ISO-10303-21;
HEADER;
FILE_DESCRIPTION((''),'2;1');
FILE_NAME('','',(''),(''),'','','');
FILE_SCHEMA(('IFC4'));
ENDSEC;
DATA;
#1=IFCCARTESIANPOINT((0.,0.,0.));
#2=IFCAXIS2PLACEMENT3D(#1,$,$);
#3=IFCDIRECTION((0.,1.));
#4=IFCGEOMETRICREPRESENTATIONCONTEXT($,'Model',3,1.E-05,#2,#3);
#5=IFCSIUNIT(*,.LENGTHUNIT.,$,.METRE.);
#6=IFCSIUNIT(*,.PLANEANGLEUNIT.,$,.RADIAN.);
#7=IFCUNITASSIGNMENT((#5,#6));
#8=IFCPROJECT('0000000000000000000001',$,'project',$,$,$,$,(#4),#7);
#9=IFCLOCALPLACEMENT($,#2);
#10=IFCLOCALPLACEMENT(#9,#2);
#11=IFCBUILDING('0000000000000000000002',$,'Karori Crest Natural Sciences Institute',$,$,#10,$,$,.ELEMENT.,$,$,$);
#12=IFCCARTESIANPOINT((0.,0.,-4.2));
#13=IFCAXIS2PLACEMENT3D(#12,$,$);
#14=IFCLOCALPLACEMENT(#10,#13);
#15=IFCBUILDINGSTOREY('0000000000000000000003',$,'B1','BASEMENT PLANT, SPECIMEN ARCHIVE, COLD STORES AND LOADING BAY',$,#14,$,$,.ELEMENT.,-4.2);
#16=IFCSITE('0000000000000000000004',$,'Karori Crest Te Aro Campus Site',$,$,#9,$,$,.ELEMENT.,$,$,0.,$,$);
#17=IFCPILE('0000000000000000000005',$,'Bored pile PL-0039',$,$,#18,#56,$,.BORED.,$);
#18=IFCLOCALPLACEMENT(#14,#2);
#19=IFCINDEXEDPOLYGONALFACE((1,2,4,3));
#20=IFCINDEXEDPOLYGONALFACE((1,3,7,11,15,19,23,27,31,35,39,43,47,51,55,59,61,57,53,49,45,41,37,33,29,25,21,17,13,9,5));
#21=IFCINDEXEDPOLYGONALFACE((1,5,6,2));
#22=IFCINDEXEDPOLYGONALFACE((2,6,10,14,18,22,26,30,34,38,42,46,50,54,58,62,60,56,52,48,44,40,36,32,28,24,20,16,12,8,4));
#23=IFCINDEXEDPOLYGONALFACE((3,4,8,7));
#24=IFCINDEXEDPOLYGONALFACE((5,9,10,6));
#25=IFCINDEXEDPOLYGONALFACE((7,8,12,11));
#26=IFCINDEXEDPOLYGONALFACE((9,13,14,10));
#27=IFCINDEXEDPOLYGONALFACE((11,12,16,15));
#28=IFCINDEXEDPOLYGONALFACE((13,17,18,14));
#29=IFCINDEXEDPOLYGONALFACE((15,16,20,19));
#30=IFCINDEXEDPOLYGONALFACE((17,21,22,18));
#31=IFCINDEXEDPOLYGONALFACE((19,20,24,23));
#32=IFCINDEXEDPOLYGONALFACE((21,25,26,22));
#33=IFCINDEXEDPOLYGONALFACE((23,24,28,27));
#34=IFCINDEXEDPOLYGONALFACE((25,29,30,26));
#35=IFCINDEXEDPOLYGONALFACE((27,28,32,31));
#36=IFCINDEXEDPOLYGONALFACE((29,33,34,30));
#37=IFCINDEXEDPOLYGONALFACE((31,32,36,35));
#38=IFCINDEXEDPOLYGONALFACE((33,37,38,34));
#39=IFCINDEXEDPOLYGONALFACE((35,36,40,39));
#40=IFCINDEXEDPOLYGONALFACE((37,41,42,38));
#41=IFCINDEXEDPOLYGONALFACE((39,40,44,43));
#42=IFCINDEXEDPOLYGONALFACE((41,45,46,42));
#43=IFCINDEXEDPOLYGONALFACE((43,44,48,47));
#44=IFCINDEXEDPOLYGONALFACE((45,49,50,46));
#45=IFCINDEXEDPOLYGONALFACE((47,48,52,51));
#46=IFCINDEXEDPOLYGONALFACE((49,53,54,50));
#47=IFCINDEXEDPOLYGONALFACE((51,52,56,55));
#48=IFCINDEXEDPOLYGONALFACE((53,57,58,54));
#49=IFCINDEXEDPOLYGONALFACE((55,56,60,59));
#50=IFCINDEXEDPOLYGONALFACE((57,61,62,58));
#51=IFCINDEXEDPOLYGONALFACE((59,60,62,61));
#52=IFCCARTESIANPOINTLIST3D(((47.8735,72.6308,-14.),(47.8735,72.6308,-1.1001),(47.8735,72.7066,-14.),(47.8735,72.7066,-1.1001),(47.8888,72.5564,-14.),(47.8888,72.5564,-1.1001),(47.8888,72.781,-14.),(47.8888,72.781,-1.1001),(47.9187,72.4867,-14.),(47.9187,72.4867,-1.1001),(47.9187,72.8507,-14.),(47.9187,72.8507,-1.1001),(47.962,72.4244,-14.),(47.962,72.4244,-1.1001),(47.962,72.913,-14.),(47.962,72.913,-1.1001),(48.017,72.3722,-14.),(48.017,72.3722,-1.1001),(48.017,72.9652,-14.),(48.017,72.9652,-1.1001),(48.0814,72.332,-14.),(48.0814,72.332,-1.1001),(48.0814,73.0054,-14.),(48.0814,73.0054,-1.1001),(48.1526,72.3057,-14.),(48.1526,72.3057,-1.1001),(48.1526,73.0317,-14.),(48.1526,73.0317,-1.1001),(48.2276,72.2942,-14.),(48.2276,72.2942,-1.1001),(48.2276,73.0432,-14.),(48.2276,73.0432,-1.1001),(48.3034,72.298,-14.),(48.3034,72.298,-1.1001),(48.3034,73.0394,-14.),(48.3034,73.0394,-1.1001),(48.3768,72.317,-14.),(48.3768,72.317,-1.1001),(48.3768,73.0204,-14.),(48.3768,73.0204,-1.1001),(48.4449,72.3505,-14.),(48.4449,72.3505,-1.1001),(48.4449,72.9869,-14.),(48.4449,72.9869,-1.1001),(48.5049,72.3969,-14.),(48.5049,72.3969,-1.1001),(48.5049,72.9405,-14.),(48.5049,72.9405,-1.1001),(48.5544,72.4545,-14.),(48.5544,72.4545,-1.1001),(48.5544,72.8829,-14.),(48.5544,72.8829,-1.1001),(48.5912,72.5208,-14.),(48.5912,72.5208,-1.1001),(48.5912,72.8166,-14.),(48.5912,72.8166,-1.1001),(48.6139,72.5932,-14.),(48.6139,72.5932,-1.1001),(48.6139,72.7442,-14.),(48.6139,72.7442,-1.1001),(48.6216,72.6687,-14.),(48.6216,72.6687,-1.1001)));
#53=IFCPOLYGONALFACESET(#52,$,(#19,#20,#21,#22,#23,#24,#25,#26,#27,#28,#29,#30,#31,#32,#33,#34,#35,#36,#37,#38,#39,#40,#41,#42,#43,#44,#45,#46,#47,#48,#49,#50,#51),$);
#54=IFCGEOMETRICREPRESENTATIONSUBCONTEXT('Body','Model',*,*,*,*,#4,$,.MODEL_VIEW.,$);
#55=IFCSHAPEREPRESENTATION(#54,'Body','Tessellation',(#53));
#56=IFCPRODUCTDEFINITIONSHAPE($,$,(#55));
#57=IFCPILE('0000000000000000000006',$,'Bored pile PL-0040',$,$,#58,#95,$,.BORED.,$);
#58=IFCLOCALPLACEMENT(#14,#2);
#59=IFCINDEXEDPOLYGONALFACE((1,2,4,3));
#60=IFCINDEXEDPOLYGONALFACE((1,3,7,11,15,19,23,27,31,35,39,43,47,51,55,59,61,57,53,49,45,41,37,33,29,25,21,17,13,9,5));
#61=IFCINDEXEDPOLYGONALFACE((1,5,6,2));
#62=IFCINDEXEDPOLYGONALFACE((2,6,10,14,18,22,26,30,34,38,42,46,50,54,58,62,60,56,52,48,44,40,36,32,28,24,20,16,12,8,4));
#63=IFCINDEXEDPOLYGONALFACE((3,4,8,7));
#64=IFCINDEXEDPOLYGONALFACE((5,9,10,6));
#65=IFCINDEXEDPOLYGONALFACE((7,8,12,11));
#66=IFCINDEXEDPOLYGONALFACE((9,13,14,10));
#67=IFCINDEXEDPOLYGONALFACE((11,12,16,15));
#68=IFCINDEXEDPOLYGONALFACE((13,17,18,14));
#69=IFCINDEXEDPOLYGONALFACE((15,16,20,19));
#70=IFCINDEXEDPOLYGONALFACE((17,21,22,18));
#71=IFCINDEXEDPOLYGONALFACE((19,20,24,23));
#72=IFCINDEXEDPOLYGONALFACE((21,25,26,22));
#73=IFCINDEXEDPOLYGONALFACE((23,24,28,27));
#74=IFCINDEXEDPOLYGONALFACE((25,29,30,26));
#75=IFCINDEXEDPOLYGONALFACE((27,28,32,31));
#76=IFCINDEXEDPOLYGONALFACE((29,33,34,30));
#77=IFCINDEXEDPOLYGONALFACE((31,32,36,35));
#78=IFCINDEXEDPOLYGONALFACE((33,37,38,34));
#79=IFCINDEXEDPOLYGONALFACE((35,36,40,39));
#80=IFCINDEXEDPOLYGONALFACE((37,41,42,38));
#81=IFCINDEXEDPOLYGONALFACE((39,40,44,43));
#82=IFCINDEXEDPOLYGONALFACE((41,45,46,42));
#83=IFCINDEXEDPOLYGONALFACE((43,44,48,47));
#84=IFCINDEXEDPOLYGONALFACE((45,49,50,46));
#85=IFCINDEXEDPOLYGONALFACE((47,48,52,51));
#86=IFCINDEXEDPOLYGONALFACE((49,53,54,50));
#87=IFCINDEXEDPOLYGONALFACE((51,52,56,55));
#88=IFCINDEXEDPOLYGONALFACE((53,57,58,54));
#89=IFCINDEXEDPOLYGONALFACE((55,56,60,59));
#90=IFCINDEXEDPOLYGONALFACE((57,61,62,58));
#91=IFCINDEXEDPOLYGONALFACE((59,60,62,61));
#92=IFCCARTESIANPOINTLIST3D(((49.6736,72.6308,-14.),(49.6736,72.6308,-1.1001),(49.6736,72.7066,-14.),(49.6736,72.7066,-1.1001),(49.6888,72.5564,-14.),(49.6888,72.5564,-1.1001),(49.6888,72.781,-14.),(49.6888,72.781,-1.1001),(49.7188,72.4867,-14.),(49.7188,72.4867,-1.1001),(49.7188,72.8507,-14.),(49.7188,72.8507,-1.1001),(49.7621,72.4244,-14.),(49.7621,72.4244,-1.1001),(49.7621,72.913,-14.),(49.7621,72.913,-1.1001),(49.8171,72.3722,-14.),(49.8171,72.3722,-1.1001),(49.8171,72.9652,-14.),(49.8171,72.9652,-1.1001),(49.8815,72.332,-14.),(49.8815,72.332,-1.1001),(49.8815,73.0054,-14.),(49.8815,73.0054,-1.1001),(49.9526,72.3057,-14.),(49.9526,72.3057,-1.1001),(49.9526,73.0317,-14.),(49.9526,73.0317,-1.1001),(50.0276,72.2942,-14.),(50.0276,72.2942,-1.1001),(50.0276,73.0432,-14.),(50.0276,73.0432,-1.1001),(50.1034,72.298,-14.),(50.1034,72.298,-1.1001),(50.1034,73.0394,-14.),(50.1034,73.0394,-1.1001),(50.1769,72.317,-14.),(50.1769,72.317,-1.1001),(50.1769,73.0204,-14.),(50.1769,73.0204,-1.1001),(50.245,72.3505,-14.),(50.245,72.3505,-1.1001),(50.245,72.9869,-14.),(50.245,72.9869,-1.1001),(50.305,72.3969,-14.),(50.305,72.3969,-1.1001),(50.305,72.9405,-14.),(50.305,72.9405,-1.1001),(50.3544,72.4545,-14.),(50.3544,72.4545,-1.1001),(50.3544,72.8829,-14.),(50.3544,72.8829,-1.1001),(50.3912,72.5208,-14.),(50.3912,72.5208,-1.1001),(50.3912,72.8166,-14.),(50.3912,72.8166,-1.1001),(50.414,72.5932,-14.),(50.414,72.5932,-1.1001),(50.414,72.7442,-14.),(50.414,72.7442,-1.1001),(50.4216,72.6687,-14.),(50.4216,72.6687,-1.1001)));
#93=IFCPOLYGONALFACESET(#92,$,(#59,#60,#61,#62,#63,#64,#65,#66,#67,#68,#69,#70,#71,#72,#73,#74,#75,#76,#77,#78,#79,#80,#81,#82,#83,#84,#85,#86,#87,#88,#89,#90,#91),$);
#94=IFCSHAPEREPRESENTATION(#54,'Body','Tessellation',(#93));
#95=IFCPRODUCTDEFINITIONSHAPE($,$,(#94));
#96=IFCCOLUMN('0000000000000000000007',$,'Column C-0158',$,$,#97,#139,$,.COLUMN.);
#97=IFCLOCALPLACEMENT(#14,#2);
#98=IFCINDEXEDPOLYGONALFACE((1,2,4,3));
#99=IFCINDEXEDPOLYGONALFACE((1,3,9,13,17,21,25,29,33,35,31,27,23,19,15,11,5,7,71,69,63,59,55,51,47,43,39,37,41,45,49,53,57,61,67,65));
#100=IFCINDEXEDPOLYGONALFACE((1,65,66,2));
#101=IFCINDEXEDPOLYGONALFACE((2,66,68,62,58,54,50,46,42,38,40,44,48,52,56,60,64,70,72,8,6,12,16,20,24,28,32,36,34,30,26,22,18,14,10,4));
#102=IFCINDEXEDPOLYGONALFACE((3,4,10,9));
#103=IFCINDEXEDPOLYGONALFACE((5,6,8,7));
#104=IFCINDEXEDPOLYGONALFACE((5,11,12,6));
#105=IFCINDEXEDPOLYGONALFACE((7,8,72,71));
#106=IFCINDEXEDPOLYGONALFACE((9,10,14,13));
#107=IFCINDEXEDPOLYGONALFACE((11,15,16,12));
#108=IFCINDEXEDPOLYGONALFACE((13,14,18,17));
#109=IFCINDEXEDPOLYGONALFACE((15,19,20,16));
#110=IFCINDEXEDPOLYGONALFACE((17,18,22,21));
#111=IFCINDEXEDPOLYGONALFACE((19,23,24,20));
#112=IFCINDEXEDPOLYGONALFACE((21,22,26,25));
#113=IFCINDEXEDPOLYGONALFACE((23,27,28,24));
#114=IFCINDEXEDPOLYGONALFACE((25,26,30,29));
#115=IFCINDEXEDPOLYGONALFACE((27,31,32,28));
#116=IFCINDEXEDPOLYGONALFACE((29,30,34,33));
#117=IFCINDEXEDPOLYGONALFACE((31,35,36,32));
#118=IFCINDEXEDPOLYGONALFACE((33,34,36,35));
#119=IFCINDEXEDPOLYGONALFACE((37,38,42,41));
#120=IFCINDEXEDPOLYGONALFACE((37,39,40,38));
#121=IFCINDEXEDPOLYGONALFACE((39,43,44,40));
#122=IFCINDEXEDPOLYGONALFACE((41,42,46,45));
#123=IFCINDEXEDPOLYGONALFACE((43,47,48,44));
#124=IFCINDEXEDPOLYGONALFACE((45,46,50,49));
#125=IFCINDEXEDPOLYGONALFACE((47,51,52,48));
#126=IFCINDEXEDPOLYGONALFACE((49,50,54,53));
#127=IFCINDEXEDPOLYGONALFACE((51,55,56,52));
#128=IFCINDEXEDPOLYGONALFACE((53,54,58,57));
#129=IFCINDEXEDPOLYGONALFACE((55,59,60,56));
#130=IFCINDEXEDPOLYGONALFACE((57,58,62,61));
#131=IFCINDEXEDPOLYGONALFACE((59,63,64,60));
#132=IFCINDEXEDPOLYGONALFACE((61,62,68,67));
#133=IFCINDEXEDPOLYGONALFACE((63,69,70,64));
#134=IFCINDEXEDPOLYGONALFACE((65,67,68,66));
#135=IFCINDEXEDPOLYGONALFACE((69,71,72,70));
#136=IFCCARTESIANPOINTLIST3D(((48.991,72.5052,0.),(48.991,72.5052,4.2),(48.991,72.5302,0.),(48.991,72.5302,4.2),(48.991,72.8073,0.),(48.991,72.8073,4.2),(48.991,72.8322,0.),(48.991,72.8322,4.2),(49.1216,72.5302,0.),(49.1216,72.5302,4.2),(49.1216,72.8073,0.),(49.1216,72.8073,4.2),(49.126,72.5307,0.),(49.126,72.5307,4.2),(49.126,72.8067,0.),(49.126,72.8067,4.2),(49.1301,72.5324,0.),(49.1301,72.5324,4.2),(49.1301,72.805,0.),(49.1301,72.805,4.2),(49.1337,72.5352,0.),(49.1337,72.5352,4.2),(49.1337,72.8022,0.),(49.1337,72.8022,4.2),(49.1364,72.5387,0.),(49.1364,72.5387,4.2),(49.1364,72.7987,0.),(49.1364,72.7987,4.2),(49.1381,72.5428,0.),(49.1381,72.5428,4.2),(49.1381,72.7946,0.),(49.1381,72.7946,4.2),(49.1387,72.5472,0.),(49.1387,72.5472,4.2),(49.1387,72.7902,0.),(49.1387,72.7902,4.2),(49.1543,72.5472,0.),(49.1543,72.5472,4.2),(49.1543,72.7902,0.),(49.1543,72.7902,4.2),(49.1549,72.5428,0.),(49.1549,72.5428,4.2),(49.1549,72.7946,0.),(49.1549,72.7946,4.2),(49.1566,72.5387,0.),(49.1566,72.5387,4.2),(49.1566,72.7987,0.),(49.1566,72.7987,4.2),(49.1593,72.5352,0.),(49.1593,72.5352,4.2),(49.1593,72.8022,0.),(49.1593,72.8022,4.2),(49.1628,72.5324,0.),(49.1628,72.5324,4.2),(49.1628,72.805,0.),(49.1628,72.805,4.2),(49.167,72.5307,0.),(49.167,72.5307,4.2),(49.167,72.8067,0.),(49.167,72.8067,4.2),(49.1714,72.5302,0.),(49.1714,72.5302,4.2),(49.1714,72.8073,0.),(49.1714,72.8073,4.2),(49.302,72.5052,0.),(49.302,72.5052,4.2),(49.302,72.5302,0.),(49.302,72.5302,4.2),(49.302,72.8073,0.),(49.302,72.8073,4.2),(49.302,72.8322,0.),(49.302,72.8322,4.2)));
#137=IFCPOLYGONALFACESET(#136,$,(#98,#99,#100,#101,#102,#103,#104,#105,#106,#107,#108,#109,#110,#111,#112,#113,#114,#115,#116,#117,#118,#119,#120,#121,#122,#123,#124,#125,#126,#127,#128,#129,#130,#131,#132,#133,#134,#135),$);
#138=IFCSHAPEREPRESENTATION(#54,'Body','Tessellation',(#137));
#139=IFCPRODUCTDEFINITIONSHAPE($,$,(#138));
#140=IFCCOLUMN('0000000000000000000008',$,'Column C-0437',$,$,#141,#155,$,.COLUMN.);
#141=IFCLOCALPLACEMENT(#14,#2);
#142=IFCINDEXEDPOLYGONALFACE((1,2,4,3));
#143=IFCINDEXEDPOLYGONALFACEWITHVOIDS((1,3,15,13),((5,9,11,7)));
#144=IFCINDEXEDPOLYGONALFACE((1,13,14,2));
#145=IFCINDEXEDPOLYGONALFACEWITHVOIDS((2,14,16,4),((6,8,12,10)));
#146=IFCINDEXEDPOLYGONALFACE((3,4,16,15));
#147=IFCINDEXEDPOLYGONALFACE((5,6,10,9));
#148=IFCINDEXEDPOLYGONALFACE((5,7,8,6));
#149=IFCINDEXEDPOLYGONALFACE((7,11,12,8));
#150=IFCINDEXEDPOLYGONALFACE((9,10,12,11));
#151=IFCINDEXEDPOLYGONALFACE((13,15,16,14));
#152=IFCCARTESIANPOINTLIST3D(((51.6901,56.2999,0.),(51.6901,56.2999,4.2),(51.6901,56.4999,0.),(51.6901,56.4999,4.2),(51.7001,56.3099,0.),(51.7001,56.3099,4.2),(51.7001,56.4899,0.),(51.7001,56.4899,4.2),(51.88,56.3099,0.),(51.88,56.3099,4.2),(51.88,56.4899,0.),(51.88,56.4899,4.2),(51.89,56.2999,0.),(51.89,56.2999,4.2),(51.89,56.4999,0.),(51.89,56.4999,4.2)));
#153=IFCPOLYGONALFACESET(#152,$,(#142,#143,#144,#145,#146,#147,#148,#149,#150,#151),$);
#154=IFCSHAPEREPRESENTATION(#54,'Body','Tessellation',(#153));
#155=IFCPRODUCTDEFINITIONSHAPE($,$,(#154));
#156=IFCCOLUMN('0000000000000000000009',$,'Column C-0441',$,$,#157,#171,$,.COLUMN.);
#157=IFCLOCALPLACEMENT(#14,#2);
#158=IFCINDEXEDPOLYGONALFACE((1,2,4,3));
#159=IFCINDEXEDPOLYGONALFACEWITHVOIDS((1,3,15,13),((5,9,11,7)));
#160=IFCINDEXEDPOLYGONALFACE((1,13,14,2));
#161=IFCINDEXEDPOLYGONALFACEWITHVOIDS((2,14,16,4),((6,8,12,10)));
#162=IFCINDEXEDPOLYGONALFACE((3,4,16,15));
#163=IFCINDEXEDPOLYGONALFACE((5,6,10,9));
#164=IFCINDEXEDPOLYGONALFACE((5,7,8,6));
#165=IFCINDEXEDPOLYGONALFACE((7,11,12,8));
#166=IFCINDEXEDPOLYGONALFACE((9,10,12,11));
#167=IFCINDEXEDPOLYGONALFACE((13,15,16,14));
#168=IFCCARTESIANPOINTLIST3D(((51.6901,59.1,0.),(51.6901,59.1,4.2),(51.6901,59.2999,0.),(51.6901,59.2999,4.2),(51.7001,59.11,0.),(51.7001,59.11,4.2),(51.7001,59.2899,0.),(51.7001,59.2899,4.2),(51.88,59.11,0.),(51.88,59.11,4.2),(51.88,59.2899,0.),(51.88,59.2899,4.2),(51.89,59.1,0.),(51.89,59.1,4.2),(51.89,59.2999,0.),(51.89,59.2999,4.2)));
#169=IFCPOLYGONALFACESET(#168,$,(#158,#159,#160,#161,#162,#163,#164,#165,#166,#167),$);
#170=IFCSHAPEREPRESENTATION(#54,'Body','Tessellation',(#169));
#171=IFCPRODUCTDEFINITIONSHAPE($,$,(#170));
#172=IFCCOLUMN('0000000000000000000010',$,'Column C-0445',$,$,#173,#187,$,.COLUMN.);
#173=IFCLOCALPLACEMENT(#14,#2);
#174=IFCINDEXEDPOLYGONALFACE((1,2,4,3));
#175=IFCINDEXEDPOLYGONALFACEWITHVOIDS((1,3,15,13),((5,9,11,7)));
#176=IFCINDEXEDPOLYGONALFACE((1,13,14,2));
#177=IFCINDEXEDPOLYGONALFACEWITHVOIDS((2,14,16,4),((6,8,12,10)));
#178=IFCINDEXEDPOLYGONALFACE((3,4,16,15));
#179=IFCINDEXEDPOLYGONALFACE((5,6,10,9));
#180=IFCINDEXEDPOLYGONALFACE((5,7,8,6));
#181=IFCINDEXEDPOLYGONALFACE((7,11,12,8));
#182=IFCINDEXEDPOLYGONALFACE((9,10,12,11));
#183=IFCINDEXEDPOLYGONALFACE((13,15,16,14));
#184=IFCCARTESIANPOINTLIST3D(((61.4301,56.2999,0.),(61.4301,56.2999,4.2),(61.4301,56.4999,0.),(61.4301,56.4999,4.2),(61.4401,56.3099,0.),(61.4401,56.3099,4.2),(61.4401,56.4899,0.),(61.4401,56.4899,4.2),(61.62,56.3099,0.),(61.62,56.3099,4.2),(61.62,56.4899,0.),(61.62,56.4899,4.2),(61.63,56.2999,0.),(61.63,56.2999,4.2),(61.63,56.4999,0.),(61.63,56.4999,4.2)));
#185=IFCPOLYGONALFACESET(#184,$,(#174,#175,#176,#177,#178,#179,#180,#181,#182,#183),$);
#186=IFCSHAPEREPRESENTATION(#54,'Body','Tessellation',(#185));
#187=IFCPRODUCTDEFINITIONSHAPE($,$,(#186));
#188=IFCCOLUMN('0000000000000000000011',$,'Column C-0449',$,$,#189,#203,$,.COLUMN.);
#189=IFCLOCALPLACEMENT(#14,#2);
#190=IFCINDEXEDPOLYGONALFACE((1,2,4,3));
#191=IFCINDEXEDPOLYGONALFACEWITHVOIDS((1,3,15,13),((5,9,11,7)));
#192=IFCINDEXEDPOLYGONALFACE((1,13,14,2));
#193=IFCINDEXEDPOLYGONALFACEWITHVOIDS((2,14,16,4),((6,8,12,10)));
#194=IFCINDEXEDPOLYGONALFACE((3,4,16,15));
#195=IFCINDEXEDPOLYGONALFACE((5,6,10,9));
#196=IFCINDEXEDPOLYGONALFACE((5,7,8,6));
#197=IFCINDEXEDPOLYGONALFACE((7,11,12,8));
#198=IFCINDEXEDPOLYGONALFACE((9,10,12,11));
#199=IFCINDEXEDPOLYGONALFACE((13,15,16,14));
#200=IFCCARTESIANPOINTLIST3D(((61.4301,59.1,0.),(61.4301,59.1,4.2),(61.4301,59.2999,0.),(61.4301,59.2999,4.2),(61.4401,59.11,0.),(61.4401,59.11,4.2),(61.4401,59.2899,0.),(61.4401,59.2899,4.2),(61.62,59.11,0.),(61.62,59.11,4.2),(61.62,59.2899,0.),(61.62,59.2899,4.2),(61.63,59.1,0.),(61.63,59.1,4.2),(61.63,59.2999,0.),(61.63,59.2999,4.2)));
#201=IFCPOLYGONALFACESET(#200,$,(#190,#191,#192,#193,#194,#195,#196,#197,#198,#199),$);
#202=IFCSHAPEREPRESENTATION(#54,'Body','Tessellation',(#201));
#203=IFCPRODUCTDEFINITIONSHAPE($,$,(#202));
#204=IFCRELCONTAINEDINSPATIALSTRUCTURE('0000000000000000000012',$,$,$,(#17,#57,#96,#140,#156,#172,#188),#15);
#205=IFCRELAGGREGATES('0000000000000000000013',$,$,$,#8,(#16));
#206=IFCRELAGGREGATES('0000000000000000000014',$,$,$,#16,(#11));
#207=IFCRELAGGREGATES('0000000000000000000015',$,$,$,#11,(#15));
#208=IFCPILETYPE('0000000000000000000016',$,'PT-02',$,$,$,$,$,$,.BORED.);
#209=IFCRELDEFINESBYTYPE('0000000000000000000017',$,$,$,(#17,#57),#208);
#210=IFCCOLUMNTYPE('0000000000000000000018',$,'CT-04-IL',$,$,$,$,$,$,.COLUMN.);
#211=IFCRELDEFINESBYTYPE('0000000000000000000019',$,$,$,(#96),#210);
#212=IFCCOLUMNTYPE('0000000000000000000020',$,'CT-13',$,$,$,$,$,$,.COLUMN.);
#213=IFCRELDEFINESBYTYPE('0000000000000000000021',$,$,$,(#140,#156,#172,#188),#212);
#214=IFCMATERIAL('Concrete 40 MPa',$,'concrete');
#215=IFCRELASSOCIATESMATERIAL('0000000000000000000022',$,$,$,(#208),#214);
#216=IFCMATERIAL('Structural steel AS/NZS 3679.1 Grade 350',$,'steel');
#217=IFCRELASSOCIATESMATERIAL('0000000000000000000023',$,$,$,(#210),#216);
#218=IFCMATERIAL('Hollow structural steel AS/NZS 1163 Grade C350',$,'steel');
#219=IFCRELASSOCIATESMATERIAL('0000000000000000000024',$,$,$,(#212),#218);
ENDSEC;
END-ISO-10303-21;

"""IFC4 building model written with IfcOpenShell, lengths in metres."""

from ifc_helpers import new_model, si_unit, direction, frame, origin, origin_2d, place, context, subcontext, project, spatial, hollow_rectangle, circle, i_section, extrude, material, material_profile, profile_set, type_object, element, save


model = new_model("IFC4")

# Units and contexts
model_context = context("Model", 3, precision=1e-05, world=origin(), true_north=direction((0.0, 1.0)))
body_context = subcontext(model_context, "Body", "Model", "MODEL_VIEW")
ifc_project = project(units=[si_unit("LENGTHUNIT", "METRE"), si_unit("PLANEANGLEUNIT", "RADIAN")], contexts=[model_context])

# Site, building, storey
site_placement = place(None, origin())
site = spatial("IfcSite", under=ifc_project, at=site_placement, Name="Karori Crest Te Aro Campus Site", CompositionType="ELEMENT", RefElevation=0.0)
building_placement = place(site_placement, origin())
building = spatial("IfcBuilding", under=site, at=building_placement, Name="Karori Crest Natural Sciences Institute", CompositionType="ELEMENT")
storey_placement = place(building_placement, frame((0.0, 0.0, -4.2)))
storey = spatial("IfcBuildingStorey", under=building, at=storey_placement, Name="B1", Description="BASEMENT PLANT, SPECIMEN ARCHIVE, COLD STORES AND LOADING BAY", CompositionType="ELEMENT", Elevation=-4.2)

# Shared definitions
ifc_material_1 = material(Name="Concrete 40 MPa", Category="concrete")

# Piles
ifc_material_profile_1 = material_profile(ifc_material_1, circle(Radius=0.375, at=origin_2d()), Name="PILE750")
ifc_profile_set_1 = profile_set([ifc_material_profile_1], Name="Concrete 40 MPa")
pile_type_1 = type_object("IfcPileType", Name="PT-02", PredefinedType="BORED", material=ifc_profile_set_1)
for number, where, z_axis, x_axis, name in (
    (1, (48.2466, 72.6687, -1.1001), (0.0, 0.0, -1.0), (1.0, 0.0, 0.0), "Bored pile PL-0039"),
    (2, (50.0466, 72.6687, -1.1001), (0.0, 0.0, -1.0), (1.0, 0.0, 0.0), "Bored pile PL-0040"),
):
    element("IfcPile", number, at=place(storey_placement, frame(where, z_axis=z_axis, x_axis=x_axis)), inside=storey, type_object=pile_type_1, Name=name, PredefinedType="BORED", context=body_context, shape_type="SweptSolid", body=[
        extrude(circle(Radius=0.375, at=origin_2d()), origin(), (0.0, 0.0, 1.0), 12.8999),
    ])

# Columns
ifc_material_2 = material(Name="Structural steel AS/NZS 3679.1 Grade 350", Category="steel")
ifc_material_profile_2 = material_profile(ifc_material_2, i_section(OverallWidth=0.311, OverallDepth=0.3269, WebThickness=0.0156, FlangeThickness=0.0249, FilletRadius=0.0171, at=origin_2d()), Name="310UC158")
ifc_profile_set_2 = profile_set([ifc_material_profile_2], Name="Structural steel AS/NZS 3679.1 Grade 350")
column_type_1 = type_object("IfcColumnType", Name="CT-04-IL", PredefinedType="COLUMN", material=ifc_profile_set_2)
column_placement = place(storey_placement, frame((49.1465, 72.6687, 0.0), z_axis=(0.0, 0.0, 1.0), x_axis=(1.0, 0.0, 0.0)))
element("IfcColumn", 3, at=column_placement, inside=storey, type_object=column_type_1, Name="Column C-0158", PredefinedType="COLUMN", context=body_context, shape_type="SweptSolid", body=[
    extrude(i_section(OverallWidth=0.311, OverallDepth=0.3269, WebThickness=0.0156, FlangeThickness=0.0249, FilletRadius=0.0171, at=origin_2d()), origin(), (0.0, 0.0, 1.0), 4.2),
])
ifc_material_3 = material(Name="Hollow structural steel AS/NZS 1163 Grade C350", Category="steel")
ifc_material_profile_3 = material_profile(ifc_material_3, hollow_rectangle(XDim=0.2, YDim=0.2, WallThickness=0.01, at=origin_2d()), Name="SHS200x200x10")
ifc_profile_set_3 = profile_set([ifc_material_profile_3], Name="Hollow structural steel AS/NZS 1163 Grade C350")
column_type_2 = type_object("IfcColumnType", Name="CT-13", PredefinedType="COLUMN", material=ifc_profile_set_3)
for number, where, z_axis, x_axis, name in (
    (4, (51.79, 56.3999, 0.0), (0.0, 0.0, 1.0), (1.0, 0.0, 0.0), "Column C-0437"),
    (5, (51.79, 59.2, 0.0), (0.0, 0.0, 1.0), (1.0, 0.0, 0.0), "Column C-0441"),
    (6, (61.53, 56.3999, 0.0), (0.0, 0.0, 1.0), (1.0, 0.0, 0.0), "Column C-0445"),
    (7, (61.53, 59.2, 0.0), (0.0, 0.0, 1.0), (1.0, 0.0, 0.0), "Column C-0449"),
):
    element("IfcColumn", number, at=place(storey_placement, frame(where, z_axis=z_axis, x_axis=x_axis)), inside=storey, type_object=column_type_2, Name=name, PredefinedType="COLUMN", context=body_context, shape_type="SweptSolid", body=[
        extrude(hollow_rectangle(XDim=0.2, YDim=0.2, WallThickness=0.01, at=origin_2d()), origin(), (0.0, 0.0, 1.0), 4.2),
    ])

save(model, "model.ifc")
